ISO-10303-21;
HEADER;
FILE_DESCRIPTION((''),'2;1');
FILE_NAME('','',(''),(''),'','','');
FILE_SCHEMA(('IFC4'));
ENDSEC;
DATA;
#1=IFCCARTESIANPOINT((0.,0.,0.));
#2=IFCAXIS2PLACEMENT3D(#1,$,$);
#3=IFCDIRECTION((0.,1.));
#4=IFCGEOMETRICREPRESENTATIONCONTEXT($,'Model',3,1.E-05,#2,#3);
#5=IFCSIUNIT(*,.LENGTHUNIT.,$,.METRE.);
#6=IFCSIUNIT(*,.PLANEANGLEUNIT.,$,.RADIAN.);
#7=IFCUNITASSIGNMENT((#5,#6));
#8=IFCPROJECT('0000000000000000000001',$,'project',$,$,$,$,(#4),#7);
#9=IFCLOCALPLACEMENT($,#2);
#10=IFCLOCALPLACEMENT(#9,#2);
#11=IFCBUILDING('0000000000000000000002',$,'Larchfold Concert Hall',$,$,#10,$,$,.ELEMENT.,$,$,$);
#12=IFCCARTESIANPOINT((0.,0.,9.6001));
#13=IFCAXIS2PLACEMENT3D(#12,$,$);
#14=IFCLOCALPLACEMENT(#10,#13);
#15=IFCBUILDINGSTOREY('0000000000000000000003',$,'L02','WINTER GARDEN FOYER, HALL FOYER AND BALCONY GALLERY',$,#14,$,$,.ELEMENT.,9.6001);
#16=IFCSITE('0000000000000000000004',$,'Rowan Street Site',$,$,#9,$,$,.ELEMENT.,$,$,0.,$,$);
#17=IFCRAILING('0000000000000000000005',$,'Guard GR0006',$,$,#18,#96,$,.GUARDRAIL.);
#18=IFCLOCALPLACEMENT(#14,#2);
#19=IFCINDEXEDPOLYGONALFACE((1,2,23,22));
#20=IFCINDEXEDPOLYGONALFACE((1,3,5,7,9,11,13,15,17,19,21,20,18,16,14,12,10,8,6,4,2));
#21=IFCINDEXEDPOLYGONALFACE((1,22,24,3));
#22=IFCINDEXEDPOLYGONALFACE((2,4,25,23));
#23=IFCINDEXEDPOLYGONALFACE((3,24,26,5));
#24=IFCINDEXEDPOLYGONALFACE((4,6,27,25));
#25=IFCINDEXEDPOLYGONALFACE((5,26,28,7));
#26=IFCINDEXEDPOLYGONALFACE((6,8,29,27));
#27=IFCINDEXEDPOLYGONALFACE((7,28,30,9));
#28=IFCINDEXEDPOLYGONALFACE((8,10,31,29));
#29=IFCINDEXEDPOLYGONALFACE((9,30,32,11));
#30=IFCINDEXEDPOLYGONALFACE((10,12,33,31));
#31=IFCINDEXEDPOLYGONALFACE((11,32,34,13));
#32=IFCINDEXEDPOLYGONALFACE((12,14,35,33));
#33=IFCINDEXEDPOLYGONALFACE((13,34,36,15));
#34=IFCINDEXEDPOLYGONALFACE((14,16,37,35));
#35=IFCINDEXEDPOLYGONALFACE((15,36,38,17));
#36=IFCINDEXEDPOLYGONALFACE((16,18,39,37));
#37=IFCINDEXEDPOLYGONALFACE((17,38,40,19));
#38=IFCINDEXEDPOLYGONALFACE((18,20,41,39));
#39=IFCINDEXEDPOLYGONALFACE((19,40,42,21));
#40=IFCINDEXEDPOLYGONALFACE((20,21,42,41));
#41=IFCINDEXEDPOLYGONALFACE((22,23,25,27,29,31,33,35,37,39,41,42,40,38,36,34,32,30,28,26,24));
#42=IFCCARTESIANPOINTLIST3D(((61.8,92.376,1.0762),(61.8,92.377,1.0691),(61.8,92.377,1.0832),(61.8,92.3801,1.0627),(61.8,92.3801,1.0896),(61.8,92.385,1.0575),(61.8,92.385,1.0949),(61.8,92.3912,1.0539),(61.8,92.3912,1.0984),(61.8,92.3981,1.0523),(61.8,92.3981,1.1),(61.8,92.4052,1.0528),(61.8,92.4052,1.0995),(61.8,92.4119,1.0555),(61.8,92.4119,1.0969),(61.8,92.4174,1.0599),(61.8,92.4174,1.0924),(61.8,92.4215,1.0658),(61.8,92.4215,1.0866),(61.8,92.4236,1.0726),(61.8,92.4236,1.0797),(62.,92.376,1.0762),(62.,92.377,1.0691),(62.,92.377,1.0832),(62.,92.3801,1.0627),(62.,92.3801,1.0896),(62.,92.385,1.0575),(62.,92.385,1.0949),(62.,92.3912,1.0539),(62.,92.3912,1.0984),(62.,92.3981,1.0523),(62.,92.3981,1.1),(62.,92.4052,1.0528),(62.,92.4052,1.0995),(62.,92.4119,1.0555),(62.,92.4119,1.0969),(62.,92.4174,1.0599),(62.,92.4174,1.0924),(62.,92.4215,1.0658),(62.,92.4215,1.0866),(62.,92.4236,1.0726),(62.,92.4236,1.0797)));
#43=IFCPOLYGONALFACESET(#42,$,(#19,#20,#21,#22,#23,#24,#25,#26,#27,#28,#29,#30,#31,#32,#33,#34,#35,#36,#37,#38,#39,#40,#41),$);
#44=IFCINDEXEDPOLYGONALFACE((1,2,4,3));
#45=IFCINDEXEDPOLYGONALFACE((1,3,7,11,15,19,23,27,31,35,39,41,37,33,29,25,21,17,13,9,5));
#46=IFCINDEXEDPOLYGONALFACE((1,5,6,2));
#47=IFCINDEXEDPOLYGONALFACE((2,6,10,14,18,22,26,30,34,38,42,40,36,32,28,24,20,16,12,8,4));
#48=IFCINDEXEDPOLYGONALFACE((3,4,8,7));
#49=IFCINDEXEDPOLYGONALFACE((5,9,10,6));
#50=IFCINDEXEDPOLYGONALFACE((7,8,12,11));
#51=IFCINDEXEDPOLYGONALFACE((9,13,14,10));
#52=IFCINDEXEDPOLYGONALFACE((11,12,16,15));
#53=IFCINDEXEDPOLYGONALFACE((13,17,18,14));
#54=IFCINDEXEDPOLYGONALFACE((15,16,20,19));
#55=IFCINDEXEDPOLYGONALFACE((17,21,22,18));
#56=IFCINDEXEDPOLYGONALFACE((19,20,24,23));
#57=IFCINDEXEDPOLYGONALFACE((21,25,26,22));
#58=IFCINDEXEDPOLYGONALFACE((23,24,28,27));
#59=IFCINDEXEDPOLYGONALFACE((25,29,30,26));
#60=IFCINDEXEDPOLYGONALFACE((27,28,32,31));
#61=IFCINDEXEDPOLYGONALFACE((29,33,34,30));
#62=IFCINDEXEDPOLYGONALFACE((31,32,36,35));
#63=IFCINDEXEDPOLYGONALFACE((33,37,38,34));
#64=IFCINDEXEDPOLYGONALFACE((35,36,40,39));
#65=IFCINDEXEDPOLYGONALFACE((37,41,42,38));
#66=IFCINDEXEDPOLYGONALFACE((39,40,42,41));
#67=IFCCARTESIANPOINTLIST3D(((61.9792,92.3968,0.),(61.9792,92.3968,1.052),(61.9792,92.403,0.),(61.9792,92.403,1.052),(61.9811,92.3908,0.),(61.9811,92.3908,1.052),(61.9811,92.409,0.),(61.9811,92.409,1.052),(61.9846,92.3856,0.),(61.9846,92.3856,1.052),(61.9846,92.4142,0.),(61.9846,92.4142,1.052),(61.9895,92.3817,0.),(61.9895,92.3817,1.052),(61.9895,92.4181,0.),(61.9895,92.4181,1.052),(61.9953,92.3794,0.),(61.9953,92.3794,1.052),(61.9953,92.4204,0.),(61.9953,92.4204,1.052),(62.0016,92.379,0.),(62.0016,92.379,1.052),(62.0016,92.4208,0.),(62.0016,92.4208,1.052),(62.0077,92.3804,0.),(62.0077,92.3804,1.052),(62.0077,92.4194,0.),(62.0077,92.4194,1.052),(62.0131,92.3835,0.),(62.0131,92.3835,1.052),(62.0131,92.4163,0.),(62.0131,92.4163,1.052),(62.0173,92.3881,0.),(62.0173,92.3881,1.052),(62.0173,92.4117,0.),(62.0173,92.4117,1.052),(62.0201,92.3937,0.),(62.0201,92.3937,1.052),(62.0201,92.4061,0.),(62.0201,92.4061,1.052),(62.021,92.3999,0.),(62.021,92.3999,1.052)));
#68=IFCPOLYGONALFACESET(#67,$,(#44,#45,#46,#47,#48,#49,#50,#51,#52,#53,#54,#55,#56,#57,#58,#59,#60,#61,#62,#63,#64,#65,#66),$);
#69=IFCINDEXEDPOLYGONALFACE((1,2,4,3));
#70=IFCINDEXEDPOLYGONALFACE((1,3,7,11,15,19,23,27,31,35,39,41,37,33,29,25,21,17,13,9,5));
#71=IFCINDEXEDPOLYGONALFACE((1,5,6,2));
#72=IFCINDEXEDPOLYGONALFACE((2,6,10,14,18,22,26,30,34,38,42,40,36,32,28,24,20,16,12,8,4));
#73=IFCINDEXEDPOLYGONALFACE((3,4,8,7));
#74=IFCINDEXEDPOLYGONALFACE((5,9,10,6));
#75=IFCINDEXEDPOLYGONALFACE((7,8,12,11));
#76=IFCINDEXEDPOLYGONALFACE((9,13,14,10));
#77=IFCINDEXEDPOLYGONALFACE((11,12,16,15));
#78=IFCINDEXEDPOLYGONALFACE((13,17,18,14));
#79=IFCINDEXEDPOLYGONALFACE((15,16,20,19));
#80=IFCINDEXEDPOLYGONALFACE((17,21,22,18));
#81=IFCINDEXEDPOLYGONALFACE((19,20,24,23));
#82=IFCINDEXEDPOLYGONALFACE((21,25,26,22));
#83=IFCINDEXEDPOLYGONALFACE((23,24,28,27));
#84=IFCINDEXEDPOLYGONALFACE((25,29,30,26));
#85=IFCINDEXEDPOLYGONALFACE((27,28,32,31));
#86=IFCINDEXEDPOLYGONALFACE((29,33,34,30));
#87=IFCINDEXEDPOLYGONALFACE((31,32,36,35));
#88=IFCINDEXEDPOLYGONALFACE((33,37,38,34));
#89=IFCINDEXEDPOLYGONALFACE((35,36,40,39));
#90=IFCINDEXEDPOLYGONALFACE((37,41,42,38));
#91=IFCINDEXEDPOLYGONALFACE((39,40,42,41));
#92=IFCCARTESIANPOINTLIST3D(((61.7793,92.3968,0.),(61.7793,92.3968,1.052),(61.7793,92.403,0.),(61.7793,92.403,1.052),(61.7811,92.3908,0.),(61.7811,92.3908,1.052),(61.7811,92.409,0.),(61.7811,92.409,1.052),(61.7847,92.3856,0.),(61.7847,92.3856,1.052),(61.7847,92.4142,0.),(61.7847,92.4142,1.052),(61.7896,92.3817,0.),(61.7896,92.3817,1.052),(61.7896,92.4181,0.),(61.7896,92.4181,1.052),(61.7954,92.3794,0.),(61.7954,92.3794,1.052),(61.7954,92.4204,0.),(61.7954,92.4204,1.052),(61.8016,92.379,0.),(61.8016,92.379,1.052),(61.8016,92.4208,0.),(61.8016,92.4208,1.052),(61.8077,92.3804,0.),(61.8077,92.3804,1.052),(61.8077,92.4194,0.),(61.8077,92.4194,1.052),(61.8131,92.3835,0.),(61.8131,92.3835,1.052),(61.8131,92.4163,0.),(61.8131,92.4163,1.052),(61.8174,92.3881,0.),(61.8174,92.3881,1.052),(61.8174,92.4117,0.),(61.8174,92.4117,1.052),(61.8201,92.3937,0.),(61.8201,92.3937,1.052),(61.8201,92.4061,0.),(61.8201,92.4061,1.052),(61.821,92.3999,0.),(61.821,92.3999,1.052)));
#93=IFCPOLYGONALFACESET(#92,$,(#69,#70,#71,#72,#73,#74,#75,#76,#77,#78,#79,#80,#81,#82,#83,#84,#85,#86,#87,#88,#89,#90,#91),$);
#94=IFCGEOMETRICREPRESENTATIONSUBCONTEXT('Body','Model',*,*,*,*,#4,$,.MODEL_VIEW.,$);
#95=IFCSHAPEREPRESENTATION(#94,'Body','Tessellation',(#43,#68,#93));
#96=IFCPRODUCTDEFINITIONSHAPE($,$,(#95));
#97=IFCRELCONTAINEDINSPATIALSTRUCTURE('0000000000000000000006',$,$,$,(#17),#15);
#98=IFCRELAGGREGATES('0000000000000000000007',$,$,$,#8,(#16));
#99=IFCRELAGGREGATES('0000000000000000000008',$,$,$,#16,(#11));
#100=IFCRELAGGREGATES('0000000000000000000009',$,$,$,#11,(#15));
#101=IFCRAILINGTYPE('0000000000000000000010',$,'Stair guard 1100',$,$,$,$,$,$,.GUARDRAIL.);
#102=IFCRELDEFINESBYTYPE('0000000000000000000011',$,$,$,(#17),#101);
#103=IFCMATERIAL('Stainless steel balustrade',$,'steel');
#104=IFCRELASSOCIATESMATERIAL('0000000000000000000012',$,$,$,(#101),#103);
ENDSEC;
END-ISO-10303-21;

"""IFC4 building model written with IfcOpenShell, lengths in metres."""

from ifc_helpers import new_model, si_unit, direction, frame, origin, origin_2d, place, context, subcontext, project, spatial, circle, extrude, material, type_object, element, save


model = new_model("IFC4")

# Units and contexts
model_context = context("Model", 3, precision=1e-05, world=origin(), true_north=direction((0.0, 1.0)))
body_context = subcontext(model_context, "Body", "Model", "MODEL_VIEW")
ifc_project = project(units=[si_unit("LENGTHUNIT", "METRE"), si_unit("PLANEANGLEUNIT", "RADIAN")], contexts=[model_context])

# Site, building, storey
site_placement = place(None, origin())
site = spatial("IfcSite", under=ifc_project, at=site_placement, Name="Rowan Street Site", CompositionType="ELEMENT", RefElevation=0.0)
building_placement = place(site_placement, origin())
building = spatial("IfcBuilding", under=site, at=building_placement, Name="Larchfold Concert Hall", CompositionType="ELEMENT")
storey_placement = place(building_placement, frame((0.0, 0.0, 9.6001)))
storey = spatial("IfcBuildingStorey", under=building, at=storey_placement, Name="L02", Description="WINTER GARDEN FOYER, HALL FOYER AND BALCONY GALLERY", CompositionType="ELEMENT", Elevation=9.6001)

# Railing
ifc_material_1 = material(Name="Stainless steel balustrade", Category="steel")
railing_type_1 = type_object("IfcRailingType", Name="Stair guard 1100", PredefinedType="GUARDRAIL", material=ifc_material_1)
railing_1_placement = place(storey_placement, frame((62.0, 92.3999, 0.0)))
element("IfcRailing", 1, at=railing_1_placement, inside=storey, type_object=railing_type_1, Name="Guard GR0006", PredefinedType="GUARDRAIL", context=body_context, shape_type="SweptSolid", body=[
    extrude(circle(Radius=0.0239, at=origin_2d()), frame((0.0, 0.0, 1.0762), z_axis=(-1.0, 0.0, 0.0), x_axis=(0.0, -1.0, 0.0)), (0.0, 0.0, 1.0), 0.2),
    extrude(circle(Radius=0.021, at=origin_2d()), origin(), (0.0, 0.0, 1.0), 1.052),
    extrude(circle(Radius=0.021, at=origin_2d()), frame((-0.2, 0.0, 0.0)), (0.0, 0.0, 1.0), 1.052),
])

save(model, "model.ifc")
